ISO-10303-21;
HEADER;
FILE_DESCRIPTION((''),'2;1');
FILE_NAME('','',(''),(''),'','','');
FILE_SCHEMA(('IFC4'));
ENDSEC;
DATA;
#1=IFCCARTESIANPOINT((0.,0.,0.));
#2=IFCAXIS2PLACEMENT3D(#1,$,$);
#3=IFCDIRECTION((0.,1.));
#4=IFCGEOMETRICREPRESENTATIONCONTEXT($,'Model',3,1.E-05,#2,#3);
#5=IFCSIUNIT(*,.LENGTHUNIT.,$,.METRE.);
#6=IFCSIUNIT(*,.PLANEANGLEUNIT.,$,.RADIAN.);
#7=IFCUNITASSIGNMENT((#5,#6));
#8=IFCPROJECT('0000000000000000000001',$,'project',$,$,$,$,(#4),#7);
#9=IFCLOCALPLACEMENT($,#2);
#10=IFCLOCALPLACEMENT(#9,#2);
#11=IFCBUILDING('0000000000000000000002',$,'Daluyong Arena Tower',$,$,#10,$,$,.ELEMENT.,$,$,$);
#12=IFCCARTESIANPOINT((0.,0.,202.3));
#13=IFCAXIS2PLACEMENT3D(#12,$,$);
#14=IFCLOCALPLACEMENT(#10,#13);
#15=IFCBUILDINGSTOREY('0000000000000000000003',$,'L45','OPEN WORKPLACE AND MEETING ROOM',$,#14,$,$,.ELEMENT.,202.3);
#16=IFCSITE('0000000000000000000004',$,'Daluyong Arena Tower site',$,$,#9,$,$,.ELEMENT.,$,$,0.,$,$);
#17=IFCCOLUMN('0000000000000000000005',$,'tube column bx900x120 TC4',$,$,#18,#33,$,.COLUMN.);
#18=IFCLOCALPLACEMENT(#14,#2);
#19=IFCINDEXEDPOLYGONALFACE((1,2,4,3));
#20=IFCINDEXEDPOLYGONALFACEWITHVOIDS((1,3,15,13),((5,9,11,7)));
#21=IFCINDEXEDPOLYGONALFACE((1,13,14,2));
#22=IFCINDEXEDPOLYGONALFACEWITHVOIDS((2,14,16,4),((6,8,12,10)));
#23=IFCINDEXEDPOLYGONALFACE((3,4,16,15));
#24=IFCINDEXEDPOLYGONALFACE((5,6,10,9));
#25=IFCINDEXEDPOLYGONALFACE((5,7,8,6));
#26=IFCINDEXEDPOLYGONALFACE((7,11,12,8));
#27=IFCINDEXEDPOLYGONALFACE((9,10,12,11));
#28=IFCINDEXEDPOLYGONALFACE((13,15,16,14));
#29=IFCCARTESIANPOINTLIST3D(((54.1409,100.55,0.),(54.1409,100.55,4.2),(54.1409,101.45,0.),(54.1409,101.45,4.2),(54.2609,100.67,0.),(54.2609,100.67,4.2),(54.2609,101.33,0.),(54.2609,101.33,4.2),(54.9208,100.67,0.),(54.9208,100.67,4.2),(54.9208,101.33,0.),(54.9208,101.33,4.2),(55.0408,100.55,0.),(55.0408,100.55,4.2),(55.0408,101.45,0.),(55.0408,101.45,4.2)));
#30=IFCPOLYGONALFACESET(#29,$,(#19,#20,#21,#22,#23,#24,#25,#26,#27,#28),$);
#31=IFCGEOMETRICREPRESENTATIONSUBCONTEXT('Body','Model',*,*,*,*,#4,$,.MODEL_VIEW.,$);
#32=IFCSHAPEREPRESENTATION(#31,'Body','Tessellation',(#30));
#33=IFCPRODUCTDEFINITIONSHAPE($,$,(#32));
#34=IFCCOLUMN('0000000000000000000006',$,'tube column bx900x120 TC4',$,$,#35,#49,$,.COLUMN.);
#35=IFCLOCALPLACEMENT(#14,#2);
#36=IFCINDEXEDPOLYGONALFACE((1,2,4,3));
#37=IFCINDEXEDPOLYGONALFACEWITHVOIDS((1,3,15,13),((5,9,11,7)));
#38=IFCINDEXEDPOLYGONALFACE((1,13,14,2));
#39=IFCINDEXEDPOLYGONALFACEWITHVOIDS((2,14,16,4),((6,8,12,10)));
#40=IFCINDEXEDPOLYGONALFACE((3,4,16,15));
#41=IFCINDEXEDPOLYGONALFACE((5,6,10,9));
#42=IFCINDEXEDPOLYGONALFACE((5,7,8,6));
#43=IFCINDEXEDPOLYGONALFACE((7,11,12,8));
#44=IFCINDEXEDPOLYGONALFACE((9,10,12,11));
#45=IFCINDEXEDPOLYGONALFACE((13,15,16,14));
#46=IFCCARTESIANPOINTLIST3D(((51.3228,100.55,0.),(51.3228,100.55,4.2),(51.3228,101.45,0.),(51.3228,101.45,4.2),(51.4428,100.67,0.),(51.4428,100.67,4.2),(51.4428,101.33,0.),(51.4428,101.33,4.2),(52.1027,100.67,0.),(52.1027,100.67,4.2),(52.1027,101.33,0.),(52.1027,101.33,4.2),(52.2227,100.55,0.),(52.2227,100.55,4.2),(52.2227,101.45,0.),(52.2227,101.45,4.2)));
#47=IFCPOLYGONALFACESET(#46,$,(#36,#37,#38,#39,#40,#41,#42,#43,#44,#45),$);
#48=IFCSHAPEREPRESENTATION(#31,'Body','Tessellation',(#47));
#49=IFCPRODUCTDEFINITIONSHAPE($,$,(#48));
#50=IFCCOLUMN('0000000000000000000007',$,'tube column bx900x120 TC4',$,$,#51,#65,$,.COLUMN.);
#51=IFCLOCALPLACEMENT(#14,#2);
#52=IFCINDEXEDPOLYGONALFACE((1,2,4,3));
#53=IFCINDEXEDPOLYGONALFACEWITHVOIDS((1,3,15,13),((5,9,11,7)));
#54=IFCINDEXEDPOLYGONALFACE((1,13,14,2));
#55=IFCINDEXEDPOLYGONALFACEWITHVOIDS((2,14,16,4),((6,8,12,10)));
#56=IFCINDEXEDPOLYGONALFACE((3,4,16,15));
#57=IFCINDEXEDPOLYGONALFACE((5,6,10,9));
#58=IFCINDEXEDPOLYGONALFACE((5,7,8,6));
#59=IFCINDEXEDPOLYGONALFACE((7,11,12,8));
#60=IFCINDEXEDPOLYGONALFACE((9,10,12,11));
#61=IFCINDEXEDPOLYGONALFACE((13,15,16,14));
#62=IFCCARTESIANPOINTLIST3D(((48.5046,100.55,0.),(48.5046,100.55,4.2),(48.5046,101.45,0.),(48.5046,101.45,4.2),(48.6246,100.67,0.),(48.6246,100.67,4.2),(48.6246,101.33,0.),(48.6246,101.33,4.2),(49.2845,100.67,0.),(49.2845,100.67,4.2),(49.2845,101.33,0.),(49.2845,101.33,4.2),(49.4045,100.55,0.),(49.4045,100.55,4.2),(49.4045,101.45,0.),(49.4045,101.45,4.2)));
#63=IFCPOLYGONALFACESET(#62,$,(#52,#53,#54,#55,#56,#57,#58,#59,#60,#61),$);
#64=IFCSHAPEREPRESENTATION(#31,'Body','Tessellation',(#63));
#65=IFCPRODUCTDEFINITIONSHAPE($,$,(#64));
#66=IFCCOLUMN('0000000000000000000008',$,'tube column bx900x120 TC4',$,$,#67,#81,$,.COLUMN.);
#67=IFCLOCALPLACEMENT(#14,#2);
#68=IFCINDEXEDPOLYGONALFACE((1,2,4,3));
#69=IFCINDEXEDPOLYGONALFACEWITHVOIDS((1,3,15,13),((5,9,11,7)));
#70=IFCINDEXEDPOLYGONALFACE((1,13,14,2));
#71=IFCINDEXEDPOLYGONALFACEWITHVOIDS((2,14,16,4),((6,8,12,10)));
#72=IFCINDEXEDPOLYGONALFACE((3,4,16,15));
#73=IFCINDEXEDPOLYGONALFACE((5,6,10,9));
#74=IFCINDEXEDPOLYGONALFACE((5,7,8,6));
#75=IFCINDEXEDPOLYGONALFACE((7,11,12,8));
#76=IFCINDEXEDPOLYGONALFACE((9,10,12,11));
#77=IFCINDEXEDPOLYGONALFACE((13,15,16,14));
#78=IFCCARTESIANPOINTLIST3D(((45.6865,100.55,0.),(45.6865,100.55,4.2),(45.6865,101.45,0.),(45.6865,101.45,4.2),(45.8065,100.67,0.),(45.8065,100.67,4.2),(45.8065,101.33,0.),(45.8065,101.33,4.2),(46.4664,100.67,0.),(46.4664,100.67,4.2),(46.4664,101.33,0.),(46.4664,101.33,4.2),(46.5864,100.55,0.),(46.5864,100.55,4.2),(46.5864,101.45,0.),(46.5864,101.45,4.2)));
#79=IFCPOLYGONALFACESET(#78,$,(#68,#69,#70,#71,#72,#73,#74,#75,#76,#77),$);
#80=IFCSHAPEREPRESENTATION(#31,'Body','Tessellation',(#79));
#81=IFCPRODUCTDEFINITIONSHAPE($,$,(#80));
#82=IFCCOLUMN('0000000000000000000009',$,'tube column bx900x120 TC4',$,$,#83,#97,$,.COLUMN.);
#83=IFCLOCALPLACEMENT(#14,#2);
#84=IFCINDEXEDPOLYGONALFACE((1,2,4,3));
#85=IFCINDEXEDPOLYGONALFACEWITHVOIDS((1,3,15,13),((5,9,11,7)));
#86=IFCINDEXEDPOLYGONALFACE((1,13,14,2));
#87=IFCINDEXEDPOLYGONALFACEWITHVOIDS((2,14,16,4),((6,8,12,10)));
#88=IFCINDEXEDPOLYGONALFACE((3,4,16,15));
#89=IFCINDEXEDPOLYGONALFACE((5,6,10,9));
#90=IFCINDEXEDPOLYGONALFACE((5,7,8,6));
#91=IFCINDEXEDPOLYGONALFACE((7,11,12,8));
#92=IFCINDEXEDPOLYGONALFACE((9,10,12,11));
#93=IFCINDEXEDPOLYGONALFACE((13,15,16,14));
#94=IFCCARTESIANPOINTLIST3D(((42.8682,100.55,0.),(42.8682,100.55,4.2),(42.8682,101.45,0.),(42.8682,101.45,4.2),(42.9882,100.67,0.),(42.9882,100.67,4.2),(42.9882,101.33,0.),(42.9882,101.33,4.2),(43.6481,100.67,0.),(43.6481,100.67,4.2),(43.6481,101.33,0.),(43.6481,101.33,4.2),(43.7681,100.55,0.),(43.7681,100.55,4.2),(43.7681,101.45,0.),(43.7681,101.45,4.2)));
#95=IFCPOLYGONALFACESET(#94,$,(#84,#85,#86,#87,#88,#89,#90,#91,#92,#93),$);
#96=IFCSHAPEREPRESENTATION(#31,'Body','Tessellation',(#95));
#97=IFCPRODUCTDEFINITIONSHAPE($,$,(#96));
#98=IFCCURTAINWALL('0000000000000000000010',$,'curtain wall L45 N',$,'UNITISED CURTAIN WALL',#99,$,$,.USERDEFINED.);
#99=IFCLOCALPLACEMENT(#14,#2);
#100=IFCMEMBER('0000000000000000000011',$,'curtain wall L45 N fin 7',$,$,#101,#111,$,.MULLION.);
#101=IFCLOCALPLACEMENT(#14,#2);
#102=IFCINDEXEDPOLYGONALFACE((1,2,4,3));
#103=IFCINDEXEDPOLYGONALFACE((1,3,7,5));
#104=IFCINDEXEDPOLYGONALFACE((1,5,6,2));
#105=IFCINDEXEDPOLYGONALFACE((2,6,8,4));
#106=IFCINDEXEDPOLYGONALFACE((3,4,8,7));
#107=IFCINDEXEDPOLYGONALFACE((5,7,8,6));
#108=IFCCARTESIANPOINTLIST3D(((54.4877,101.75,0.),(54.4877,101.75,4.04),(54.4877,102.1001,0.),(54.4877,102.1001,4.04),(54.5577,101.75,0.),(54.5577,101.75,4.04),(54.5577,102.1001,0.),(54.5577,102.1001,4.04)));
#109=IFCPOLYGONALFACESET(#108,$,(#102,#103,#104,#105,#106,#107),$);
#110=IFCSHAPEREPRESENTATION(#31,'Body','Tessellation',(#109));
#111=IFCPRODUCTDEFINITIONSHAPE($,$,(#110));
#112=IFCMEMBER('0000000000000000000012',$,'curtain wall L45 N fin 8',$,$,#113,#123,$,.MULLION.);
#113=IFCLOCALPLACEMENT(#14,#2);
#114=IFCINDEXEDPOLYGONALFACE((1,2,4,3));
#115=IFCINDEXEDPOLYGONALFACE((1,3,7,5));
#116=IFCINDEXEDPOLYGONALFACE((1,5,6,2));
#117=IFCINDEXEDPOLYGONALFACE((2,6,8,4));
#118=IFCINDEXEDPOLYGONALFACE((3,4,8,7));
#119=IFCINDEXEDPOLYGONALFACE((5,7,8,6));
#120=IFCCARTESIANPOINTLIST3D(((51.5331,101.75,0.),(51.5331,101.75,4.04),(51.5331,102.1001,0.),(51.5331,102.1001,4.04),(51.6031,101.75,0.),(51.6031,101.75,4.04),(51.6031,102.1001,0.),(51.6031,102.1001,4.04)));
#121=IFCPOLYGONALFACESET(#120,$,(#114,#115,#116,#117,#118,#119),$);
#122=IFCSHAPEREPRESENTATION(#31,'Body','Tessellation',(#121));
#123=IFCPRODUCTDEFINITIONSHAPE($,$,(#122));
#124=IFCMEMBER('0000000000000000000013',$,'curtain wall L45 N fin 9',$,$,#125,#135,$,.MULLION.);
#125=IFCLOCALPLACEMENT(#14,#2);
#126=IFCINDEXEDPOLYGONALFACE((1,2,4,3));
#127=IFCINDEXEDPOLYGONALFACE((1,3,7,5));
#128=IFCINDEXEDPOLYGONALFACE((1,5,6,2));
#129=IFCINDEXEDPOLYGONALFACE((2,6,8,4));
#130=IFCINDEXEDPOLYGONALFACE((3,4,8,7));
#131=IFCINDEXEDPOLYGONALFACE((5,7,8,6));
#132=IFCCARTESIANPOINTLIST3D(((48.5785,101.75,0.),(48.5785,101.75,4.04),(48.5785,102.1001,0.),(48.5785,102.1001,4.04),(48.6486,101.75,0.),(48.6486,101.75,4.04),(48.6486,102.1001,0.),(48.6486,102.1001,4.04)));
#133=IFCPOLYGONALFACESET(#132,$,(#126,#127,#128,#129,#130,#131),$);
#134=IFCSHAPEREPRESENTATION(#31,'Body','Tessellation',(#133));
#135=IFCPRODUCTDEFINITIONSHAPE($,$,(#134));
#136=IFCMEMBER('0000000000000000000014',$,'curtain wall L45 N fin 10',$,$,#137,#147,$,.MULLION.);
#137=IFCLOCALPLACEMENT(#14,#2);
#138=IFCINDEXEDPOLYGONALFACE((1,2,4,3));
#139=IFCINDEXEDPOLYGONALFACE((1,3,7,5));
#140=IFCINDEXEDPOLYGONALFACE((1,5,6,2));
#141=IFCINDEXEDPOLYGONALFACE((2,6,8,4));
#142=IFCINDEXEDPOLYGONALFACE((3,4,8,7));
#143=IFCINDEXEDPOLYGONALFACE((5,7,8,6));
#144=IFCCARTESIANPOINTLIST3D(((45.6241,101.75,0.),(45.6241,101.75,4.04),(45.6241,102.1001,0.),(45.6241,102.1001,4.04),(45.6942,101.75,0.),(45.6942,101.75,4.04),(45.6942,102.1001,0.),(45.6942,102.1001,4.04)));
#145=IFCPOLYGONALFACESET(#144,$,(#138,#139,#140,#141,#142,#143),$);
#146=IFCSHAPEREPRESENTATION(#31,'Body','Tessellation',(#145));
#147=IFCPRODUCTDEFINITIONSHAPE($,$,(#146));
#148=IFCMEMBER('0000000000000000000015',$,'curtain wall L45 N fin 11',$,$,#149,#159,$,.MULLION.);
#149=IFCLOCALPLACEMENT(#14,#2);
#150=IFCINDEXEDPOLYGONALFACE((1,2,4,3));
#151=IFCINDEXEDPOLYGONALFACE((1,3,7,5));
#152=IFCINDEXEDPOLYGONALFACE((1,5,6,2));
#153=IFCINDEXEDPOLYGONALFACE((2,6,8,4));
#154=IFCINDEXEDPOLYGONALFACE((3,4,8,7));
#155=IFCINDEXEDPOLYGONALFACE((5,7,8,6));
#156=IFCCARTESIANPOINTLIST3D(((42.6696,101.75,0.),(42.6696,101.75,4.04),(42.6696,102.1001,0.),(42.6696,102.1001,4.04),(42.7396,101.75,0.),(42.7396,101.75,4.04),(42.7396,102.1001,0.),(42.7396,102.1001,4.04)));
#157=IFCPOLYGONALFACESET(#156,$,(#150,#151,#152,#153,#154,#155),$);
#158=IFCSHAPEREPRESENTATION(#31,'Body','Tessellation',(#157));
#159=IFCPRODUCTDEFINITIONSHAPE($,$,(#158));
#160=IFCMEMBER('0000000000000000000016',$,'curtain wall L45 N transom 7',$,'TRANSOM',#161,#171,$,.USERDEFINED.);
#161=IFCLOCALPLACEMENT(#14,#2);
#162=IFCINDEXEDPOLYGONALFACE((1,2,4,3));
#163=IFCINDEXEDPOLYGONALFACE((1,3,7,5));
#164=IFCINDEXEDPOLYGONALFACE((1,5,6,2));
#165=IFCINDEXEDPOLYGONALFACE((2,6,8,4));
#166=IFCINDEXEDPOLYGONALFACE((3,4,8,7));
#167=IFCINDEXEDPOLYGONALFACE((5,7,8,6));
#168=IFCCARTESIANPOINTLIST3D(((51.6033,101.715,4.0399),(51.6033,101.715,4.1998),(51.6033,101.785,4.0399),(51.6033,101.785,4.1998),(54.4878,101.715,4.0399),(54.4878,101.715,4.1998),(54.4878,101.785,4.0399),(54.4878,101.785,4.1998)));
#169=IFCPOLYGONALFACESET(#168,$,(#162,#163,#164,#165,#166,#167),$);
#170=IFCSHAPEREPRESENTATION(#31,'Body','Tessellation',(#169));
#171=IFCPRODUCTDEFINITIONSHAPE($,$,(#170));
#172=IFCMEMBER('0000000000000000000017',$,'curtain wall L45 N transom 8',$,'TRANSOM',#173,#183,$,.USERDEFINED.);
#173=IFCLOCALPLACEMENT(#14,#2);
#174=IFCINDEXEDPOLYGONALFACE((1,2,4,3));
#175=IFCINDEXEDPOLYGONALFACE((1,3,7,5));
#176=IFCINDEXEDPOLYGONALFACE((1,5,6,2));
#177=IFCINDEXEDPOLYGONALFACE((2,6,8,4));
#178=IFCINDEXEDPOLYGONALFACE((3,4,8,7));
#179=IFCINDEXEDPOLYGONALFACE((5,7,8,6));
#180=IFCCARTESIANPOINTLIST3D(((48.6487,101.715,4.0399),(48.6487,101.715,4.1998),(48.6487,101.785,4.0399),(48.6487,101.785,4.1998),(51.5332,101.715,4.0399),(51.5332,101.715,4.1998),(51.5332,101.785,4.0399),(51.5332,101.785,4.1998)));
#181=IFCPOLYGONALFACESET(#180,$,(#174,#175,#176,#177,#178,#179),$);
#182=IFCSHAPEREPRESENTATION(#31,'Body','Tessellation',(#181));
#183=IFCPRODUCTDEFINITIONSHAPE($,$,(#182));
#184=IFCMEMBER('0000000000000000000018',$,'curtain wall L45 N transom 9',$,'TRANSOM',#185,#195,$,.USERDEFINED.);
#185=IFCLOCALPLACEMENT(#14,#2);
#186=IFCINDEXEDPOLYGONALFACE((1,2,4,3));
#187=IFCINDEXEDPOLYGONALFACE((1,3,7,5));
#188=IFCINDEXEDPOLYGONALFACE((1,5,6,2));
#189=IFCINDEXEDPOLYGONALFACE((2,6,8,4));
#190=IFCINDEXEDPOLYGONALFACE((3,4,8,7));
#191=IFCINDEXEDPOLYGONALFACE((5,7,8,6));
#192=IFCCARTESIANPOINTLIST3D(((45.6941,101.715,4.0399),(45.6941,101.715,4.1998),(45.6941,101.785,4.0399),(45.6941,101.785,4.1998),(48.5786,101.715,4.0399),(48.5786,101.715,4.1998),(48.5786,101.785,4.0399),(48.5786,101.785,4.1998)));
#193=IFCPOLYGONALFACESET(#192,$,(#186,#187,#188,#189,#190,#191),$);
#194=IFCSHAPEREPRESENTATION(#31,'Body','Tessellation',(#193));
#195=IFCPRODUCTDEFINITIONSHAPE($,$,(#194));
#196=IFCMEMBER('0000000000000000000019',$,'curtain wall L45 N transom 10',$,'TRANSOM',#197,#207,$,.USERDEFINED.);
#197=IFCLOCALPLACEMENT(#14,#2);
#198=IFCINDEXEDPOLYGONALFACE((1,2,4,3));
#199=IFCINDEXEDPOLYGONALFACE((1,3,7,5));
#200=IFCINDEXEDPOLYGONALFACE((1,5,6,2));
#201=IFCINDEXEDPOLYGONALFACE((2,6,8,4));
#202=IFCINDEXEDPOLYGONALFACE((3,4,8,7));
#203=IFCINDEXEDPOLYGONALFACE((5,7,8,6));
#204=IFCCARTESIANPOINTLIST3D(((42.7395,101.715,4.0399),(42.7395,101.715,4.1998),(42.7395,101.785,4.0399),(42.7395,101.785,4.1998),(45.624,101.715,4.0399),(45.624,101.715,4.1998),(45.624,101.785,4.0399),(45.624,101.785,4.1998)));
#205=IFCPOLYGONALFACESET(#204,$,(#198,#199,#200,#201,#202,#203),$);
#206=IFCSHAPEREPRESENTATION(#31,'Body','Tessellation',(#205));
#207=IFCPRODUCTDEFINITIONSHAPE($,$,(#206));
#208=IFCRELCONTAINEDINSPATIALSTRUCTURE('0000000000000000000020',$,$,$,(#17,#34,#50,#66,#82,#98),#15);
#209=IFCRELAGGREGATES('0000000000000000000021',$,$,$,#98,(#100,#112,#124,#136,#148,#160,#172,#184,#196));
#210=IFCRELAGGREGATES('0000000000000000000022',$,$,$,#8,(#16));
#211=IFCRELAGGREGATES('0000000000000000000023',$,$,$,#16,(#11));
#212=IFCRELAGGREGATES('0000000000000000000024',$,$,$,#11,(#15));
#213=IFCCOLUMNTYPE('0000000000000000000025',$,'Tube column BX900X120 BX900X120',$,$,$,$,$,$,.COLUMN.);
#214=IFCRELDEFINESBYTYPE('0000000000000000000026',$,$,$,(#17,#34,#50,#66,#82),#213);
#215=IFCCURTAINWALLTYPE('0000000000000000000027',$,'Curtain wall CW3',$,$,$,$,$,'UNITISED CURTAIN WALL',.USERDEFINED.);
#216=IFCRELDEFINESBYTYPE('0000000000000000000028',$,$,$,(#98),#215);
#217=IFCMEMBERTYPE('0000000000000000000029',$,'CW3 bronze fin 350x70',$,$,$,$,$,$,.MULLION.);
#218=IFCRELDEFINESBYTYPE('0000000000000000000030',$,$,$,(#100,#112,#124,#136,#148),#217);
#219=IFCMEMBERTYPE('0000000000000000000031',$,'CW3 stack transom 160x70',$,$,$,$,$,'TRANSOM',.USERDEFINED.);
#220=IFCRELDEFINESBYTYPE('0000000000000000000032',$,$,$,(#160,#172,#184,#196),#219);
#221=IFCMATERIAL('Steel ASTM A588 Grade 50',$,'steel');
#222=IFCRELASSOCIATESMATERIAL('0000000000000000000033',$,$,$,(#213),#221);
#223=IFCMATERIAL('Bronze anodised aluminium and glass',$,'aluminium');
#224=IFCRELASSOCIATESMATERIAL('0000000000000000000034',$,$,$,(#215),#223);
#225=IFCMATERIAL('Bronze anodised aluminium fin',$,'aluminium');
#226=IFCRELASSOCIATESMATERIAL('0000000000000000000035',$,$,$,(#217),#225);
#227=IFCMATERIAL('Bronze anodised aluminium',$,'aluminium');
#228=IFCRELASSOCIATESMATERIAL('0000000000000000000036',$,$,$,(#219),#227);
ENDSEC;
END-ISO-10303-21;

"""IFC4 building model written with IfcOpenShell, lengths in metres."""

from ifc_helpers import new_model, si_unit, direction, frame, origin, origin_2d, place, context, subcontext, project, spatial, rectangle, hollow_rectangle, extrude, material, material_profile, profile_set, type_object, element, aggregate, save


model = new_model("IFC4")

# Units and contexts
model_context = context("Model", 3, precision=1e-05, world=origin(), true_north=direction((0.0, 1.0)))
body_context = subcontext(model_context, "Body", "Model", "MODEL_VIEW")
ifc_project = project(units=[si_unit("LENGTHUNIT", "METRE"), si_unit("PLANEANGLEUNIT", "RADIAN")], contexts=[model_context])

# Site, building, storey
site_placement = place(None, origin())
site = spatial("IfcSite", under=ifc_project, at=site_placement, Name="Daluyong Arena Tower site", CompositionType="ELEMENT", RefElevation=0.0)
building_placement = place(site_placement, origin())
building = spatial("IfcBuilding", under=site, at=building_placement, Name="Daluyong Arena Tower", CompositionType="ELEMENT")
storey_placement = place(building_placement, frame((0.0, 0.0, 202.3)))
storey = spatial("IfcBuildingStorey", under=building, at=storey_placement, Name="L45", Description="OPEN WORKPLACE AND MEETING ROOM", CompositionType="ELEMENT", Elevation=202.3)

# Columns
ifc_material_1 = material(Name="Steel ASTM A588 Grade 50", Category="steel")
ifc_material_profile_1 = material_profile(ifc_material_1, hollow_rectangle(XDim=0.8999, YDim=0.8999, WallThickness=0.12, at=origin_2d()))
ifc_profile_set_1 = profile_set([ifc_material_profile_1], Name="Steel ASTM A588 Grade 50")
column_type = type_object("IfcColumnType", Name="Tube column BX900X120 BX900X120", PredefinedType="COLUMN", material=ifc_profile_set_1)
for number, where, z_axis, x_axis, name in (
    (1, (54.5908, 101.0, 0.0), (0.0, 0.0, 1.0), (1.0, 0.0, 0.0), "tube column bx900x120 TC4"),
    (2, (51.7727, 101.0, 0.0), (0.0, 0.0, 1.0), (1.0, 0.0, 0.0), "tube column bx900x120 TC4"),
    (3, (48.9546, 101.0, 0.0), (0.0, 0.0, 1.0), (1.0, 0.0, 0.0), "tube column bx900x120 TC4"),
    (4, (46.1365, 101.0, 0.0), (0.0, 0.0, 1.0), (1.0, 0.0, 0.0), "tube column bx900x120 TC4"),
    (5, (43.3181, 101.0, 0.0), (0.0, 0.0, 1.0), (1.0, 0.0, 0.0), "tube column bx900x120 TC4"),
):
    element("IfcColumn", number, at=place(storey_placement, frame(where, z_axis=z_axis, x_axis=x_axis)), inside=storey, type_object=column_type, Name=name, PredefinedType="COLUMN", context=body_context, shape_type="SweptSolid", body=[
        extrude(hollow_rectangle(XDim=0.8999, YDim=0.8999, WallThickness=0.12, at=origin_2d()), origin(), (0.0, 0.0, 1.0), 4.2),
    ])

# Curtain wall, members
ifc_material_2 = material(Name="Bronze anodised aluminium and glass", Category="aluminium")
curtain_wall_type = type_object("IfcCurtainWallType", Name="Curtain wall CW3", ElementType="UNITISED CURTAIN WALL", PredefinedType="USERDEFINED", material=ifc_material_2)
curtain_wall_placement = place(storey_placement, origin())
curtain_wall = element("IfcCurtainWall", 6, at=curtain_wall_placement, inside=storey, type_object=curtain_wall_type, Name="curtain wall L45 N", ObjectType="UNITISED CURTAIN WALL", PredefinedType="USERDEFINED")
ifc_material_3 = material(Name="Bronze anodised aluminium fin", Category="aluminium")
ifc_material_profile_2 = material_profile(ifc_material_3, rectangle(XDim=0.3501, YDim=0.0701, at=origin_2d()))
ifc_profile_set_2 = profile_set([ifc_material_profile_2], Name="Bronze anodised aluminium fin")
member_type_1 = type_object("IfcMemberType", Name="CW3 bronze fin 350x70", PredefinedType="MULLION", material=ifc_profile_set_2)
member_1_placement = place(storey_placement, frame((54.5227, 101.925, 0.0), z_axis=(0.0, 0.0, 1.0), x_axis=(0.0, -1.0, 0.0)))
member_1 = element("IfcMember", 7, at=member_1_placement, type_object=member_type_1, Name="curtain wall L45 N fin 7", PredefinedType="MULLION", context=body_context, shape_type="SweptSolid", body=[
    extrude(rectangle(XDim=0.3501, YDim=0.0701, at=origin_2d()), origin(), (0.0, 0.0, 1.0), 4.04),
])
member_2_placement = place(storey_placement, frame((51.5681, 101.925, 0.0), z_axis=(0.0, 0.0, 1.0), x_axis=(0.0, -1.0, 0.0)))
member_2 = element("IfcMember", 8, at=member_2_placement, type_object=member_type_1, Name="curtain wall L45 N fin 8", PredefinedType="MULLION", context=body_context, shape_type="SweptSolid", body=[
    extrude(rectangle(XDim=0.3501, YDim=0.0701, at=origin_2d()), origin(), (0.0, 0.0, 1.0), 4.04),
])
member_3_placement = place(storey_placement, frame((48.6135, 101.925, 0.0), z_axis=(0.0, 0.0, 1.0), x_axis=(0.0, -1.0, 0.0)))
member_3 = element("IfcMember", 9, at=member_3_placement, type_object=member_type_1, Name="curtain wall L45 N fin 9", PredefinedType="MULLION", context=body_context, shape_type="SweptSolid", body=[
    extrude(rectangle(XDim=0.3501, YDim=0.0701, at=origin_2d()), origin(), (0.0, 0.0, 1.0), 4.04),
])
member_4_placement = place(storey_placement, frame((45.6592, 101.925, 0.0), z_axis=(0.0, 0.0, 1.0), x_axis=(0.0, -1.0, 0.0)))
member_4 = element("IfcMember", 10, at=member_4_placement, type_object=member_type_1, Name="curtain wall L45 N fin 10", PredefinedType="MULLION", context=body_context, shape_type="SweptSolid", body=[
    extrude(rectangle(XDim=0.3501, YDim=0.0701, at=origin_2d()), origin(), (0.0, 0.0, 1.0), 4.04),
])
member_5_placement = place(storey_placement, frame((42.7046, 101.925, 0.0), z_axis=(0.0, 0.0, 1.0), x_axis=(0.0, -1.0, 0.0)))
member_5 = element("IfcMember", 11, at=member_5_placement, type_object=member_type_1, Name="curtain wall L45 N fin 11", PredefinedType="MULLION", context=body_context, shape_type="SweptSolid", body=[
    extrude(rectangle(XDim=0.3501, YDim=0.0701, at=origin_2d()), origin(), (0.0, 0.0, 1.0), 4.04),
])
ifc_material_4 = material(Name="Bronze anodised aluminium", Category="aluminium")
ifc_material_profile_3 = material_profile(ifc_material_4, rectangle(XDim=0.0701, YDim=0.1599, at=origin_2d()))
ifc_profile_set_3 = profile_set([ifc_material_profile_3], Name="Bronze anodised aluminium")
member_type_2 = type_object("IfcMemberType", Name="CW3 stack transom 160x70", ElementType="TRANSOM", PredefinedType="USERDEFINED", material=ifc_profile_set_3)
member_6_placement = place(storey_placement, frame((54.4878, 101.75, 4.1199), z_axis=(-1.0, 0.0, 0.0), x_axis=(0.0, -1.0, 0.0)))
member_6 = element("IfcMember", 12, at=member_6_placement, type_object=member_type_2, Name="curtain wall L45 N transom 7", ObjectType="TRANSOM", PredefinedType="USERDEFINED", context=body_context, shape_type="SweptSolid", body=[
    extrude(rectangle(XDim=0.0701, YDim=0.1599, at=origin_2d()), origin(), (0.0, 0.0, 1.0), 2.8845),
])
member_7_placement = place(storey_placement, frame((51.5332, 101.75, 4.1199), z_axis=(-1.0, 0.0, 0.0), x_axis=(0.0, -1.0, 0.0)))
member_7 = element("IfcMember", 13, at=member_7_placement, type_object=member_type_2, Name="curtain wall L45 N transom 8", ObjectType="TRANSOM", PredefinedType="USERDEFINED", context=body_context, shape_type="SweptSolid", body=[
    extrude(rectangle(XDim=0.0701, YDim=0.1599, at=origin_2d()), origin(), (0.0, 0.0, 1.0), 2.8845),
])
member_8_placement = place(storey_placement, frame((48.5786, 101.75, 4.1199), z_axis=(-1.0, 0.0, 0.0), x_axis=(0.0, -1.0, 0.0)))
member_8 = element("IfcMember", 14, at=member_8_placement, type_object=member_type_2, Name="curtain wall L45 N transom 9", ObjectType="TRANSOM", PredefinedType="USERDEFINED", context=body_context, shape_type="SweptSolid", body=[
    extrude(rectangle(XDim=0.0701, YDim=0.1599, at=origin_2d()), origin(), (0.0, 0.0, 1.0), 2.8845),
])
member_9_placement = place(storey_placement, frame((45.624, 101.75, 4.1199), z_axis=(-1.0, 0.0, 0.0), x_axis=(0.0, -1.0, 0.0)))
member_9 = element("IfcMember", 15, at=member_9_placement, type_object=member_type_2, Name="curtain wall L45 N transom 10", ObjectType="TRANSOM", PredefinedType="USERDEFINED", context=body_context, shape_type="SweptSolid", body=[
    extrude(rectangle(XDim=0.0701, YDim=0.1599, at=origin_2d()), origin(), (0.0, 0.0, 1.0), 2.8845),
])

aggregate(curtain_wall, [member_1, member_2, member_3, member_4, member_5, member_6, member_7, member_8, member_9])

save(model, "model.ifc")
